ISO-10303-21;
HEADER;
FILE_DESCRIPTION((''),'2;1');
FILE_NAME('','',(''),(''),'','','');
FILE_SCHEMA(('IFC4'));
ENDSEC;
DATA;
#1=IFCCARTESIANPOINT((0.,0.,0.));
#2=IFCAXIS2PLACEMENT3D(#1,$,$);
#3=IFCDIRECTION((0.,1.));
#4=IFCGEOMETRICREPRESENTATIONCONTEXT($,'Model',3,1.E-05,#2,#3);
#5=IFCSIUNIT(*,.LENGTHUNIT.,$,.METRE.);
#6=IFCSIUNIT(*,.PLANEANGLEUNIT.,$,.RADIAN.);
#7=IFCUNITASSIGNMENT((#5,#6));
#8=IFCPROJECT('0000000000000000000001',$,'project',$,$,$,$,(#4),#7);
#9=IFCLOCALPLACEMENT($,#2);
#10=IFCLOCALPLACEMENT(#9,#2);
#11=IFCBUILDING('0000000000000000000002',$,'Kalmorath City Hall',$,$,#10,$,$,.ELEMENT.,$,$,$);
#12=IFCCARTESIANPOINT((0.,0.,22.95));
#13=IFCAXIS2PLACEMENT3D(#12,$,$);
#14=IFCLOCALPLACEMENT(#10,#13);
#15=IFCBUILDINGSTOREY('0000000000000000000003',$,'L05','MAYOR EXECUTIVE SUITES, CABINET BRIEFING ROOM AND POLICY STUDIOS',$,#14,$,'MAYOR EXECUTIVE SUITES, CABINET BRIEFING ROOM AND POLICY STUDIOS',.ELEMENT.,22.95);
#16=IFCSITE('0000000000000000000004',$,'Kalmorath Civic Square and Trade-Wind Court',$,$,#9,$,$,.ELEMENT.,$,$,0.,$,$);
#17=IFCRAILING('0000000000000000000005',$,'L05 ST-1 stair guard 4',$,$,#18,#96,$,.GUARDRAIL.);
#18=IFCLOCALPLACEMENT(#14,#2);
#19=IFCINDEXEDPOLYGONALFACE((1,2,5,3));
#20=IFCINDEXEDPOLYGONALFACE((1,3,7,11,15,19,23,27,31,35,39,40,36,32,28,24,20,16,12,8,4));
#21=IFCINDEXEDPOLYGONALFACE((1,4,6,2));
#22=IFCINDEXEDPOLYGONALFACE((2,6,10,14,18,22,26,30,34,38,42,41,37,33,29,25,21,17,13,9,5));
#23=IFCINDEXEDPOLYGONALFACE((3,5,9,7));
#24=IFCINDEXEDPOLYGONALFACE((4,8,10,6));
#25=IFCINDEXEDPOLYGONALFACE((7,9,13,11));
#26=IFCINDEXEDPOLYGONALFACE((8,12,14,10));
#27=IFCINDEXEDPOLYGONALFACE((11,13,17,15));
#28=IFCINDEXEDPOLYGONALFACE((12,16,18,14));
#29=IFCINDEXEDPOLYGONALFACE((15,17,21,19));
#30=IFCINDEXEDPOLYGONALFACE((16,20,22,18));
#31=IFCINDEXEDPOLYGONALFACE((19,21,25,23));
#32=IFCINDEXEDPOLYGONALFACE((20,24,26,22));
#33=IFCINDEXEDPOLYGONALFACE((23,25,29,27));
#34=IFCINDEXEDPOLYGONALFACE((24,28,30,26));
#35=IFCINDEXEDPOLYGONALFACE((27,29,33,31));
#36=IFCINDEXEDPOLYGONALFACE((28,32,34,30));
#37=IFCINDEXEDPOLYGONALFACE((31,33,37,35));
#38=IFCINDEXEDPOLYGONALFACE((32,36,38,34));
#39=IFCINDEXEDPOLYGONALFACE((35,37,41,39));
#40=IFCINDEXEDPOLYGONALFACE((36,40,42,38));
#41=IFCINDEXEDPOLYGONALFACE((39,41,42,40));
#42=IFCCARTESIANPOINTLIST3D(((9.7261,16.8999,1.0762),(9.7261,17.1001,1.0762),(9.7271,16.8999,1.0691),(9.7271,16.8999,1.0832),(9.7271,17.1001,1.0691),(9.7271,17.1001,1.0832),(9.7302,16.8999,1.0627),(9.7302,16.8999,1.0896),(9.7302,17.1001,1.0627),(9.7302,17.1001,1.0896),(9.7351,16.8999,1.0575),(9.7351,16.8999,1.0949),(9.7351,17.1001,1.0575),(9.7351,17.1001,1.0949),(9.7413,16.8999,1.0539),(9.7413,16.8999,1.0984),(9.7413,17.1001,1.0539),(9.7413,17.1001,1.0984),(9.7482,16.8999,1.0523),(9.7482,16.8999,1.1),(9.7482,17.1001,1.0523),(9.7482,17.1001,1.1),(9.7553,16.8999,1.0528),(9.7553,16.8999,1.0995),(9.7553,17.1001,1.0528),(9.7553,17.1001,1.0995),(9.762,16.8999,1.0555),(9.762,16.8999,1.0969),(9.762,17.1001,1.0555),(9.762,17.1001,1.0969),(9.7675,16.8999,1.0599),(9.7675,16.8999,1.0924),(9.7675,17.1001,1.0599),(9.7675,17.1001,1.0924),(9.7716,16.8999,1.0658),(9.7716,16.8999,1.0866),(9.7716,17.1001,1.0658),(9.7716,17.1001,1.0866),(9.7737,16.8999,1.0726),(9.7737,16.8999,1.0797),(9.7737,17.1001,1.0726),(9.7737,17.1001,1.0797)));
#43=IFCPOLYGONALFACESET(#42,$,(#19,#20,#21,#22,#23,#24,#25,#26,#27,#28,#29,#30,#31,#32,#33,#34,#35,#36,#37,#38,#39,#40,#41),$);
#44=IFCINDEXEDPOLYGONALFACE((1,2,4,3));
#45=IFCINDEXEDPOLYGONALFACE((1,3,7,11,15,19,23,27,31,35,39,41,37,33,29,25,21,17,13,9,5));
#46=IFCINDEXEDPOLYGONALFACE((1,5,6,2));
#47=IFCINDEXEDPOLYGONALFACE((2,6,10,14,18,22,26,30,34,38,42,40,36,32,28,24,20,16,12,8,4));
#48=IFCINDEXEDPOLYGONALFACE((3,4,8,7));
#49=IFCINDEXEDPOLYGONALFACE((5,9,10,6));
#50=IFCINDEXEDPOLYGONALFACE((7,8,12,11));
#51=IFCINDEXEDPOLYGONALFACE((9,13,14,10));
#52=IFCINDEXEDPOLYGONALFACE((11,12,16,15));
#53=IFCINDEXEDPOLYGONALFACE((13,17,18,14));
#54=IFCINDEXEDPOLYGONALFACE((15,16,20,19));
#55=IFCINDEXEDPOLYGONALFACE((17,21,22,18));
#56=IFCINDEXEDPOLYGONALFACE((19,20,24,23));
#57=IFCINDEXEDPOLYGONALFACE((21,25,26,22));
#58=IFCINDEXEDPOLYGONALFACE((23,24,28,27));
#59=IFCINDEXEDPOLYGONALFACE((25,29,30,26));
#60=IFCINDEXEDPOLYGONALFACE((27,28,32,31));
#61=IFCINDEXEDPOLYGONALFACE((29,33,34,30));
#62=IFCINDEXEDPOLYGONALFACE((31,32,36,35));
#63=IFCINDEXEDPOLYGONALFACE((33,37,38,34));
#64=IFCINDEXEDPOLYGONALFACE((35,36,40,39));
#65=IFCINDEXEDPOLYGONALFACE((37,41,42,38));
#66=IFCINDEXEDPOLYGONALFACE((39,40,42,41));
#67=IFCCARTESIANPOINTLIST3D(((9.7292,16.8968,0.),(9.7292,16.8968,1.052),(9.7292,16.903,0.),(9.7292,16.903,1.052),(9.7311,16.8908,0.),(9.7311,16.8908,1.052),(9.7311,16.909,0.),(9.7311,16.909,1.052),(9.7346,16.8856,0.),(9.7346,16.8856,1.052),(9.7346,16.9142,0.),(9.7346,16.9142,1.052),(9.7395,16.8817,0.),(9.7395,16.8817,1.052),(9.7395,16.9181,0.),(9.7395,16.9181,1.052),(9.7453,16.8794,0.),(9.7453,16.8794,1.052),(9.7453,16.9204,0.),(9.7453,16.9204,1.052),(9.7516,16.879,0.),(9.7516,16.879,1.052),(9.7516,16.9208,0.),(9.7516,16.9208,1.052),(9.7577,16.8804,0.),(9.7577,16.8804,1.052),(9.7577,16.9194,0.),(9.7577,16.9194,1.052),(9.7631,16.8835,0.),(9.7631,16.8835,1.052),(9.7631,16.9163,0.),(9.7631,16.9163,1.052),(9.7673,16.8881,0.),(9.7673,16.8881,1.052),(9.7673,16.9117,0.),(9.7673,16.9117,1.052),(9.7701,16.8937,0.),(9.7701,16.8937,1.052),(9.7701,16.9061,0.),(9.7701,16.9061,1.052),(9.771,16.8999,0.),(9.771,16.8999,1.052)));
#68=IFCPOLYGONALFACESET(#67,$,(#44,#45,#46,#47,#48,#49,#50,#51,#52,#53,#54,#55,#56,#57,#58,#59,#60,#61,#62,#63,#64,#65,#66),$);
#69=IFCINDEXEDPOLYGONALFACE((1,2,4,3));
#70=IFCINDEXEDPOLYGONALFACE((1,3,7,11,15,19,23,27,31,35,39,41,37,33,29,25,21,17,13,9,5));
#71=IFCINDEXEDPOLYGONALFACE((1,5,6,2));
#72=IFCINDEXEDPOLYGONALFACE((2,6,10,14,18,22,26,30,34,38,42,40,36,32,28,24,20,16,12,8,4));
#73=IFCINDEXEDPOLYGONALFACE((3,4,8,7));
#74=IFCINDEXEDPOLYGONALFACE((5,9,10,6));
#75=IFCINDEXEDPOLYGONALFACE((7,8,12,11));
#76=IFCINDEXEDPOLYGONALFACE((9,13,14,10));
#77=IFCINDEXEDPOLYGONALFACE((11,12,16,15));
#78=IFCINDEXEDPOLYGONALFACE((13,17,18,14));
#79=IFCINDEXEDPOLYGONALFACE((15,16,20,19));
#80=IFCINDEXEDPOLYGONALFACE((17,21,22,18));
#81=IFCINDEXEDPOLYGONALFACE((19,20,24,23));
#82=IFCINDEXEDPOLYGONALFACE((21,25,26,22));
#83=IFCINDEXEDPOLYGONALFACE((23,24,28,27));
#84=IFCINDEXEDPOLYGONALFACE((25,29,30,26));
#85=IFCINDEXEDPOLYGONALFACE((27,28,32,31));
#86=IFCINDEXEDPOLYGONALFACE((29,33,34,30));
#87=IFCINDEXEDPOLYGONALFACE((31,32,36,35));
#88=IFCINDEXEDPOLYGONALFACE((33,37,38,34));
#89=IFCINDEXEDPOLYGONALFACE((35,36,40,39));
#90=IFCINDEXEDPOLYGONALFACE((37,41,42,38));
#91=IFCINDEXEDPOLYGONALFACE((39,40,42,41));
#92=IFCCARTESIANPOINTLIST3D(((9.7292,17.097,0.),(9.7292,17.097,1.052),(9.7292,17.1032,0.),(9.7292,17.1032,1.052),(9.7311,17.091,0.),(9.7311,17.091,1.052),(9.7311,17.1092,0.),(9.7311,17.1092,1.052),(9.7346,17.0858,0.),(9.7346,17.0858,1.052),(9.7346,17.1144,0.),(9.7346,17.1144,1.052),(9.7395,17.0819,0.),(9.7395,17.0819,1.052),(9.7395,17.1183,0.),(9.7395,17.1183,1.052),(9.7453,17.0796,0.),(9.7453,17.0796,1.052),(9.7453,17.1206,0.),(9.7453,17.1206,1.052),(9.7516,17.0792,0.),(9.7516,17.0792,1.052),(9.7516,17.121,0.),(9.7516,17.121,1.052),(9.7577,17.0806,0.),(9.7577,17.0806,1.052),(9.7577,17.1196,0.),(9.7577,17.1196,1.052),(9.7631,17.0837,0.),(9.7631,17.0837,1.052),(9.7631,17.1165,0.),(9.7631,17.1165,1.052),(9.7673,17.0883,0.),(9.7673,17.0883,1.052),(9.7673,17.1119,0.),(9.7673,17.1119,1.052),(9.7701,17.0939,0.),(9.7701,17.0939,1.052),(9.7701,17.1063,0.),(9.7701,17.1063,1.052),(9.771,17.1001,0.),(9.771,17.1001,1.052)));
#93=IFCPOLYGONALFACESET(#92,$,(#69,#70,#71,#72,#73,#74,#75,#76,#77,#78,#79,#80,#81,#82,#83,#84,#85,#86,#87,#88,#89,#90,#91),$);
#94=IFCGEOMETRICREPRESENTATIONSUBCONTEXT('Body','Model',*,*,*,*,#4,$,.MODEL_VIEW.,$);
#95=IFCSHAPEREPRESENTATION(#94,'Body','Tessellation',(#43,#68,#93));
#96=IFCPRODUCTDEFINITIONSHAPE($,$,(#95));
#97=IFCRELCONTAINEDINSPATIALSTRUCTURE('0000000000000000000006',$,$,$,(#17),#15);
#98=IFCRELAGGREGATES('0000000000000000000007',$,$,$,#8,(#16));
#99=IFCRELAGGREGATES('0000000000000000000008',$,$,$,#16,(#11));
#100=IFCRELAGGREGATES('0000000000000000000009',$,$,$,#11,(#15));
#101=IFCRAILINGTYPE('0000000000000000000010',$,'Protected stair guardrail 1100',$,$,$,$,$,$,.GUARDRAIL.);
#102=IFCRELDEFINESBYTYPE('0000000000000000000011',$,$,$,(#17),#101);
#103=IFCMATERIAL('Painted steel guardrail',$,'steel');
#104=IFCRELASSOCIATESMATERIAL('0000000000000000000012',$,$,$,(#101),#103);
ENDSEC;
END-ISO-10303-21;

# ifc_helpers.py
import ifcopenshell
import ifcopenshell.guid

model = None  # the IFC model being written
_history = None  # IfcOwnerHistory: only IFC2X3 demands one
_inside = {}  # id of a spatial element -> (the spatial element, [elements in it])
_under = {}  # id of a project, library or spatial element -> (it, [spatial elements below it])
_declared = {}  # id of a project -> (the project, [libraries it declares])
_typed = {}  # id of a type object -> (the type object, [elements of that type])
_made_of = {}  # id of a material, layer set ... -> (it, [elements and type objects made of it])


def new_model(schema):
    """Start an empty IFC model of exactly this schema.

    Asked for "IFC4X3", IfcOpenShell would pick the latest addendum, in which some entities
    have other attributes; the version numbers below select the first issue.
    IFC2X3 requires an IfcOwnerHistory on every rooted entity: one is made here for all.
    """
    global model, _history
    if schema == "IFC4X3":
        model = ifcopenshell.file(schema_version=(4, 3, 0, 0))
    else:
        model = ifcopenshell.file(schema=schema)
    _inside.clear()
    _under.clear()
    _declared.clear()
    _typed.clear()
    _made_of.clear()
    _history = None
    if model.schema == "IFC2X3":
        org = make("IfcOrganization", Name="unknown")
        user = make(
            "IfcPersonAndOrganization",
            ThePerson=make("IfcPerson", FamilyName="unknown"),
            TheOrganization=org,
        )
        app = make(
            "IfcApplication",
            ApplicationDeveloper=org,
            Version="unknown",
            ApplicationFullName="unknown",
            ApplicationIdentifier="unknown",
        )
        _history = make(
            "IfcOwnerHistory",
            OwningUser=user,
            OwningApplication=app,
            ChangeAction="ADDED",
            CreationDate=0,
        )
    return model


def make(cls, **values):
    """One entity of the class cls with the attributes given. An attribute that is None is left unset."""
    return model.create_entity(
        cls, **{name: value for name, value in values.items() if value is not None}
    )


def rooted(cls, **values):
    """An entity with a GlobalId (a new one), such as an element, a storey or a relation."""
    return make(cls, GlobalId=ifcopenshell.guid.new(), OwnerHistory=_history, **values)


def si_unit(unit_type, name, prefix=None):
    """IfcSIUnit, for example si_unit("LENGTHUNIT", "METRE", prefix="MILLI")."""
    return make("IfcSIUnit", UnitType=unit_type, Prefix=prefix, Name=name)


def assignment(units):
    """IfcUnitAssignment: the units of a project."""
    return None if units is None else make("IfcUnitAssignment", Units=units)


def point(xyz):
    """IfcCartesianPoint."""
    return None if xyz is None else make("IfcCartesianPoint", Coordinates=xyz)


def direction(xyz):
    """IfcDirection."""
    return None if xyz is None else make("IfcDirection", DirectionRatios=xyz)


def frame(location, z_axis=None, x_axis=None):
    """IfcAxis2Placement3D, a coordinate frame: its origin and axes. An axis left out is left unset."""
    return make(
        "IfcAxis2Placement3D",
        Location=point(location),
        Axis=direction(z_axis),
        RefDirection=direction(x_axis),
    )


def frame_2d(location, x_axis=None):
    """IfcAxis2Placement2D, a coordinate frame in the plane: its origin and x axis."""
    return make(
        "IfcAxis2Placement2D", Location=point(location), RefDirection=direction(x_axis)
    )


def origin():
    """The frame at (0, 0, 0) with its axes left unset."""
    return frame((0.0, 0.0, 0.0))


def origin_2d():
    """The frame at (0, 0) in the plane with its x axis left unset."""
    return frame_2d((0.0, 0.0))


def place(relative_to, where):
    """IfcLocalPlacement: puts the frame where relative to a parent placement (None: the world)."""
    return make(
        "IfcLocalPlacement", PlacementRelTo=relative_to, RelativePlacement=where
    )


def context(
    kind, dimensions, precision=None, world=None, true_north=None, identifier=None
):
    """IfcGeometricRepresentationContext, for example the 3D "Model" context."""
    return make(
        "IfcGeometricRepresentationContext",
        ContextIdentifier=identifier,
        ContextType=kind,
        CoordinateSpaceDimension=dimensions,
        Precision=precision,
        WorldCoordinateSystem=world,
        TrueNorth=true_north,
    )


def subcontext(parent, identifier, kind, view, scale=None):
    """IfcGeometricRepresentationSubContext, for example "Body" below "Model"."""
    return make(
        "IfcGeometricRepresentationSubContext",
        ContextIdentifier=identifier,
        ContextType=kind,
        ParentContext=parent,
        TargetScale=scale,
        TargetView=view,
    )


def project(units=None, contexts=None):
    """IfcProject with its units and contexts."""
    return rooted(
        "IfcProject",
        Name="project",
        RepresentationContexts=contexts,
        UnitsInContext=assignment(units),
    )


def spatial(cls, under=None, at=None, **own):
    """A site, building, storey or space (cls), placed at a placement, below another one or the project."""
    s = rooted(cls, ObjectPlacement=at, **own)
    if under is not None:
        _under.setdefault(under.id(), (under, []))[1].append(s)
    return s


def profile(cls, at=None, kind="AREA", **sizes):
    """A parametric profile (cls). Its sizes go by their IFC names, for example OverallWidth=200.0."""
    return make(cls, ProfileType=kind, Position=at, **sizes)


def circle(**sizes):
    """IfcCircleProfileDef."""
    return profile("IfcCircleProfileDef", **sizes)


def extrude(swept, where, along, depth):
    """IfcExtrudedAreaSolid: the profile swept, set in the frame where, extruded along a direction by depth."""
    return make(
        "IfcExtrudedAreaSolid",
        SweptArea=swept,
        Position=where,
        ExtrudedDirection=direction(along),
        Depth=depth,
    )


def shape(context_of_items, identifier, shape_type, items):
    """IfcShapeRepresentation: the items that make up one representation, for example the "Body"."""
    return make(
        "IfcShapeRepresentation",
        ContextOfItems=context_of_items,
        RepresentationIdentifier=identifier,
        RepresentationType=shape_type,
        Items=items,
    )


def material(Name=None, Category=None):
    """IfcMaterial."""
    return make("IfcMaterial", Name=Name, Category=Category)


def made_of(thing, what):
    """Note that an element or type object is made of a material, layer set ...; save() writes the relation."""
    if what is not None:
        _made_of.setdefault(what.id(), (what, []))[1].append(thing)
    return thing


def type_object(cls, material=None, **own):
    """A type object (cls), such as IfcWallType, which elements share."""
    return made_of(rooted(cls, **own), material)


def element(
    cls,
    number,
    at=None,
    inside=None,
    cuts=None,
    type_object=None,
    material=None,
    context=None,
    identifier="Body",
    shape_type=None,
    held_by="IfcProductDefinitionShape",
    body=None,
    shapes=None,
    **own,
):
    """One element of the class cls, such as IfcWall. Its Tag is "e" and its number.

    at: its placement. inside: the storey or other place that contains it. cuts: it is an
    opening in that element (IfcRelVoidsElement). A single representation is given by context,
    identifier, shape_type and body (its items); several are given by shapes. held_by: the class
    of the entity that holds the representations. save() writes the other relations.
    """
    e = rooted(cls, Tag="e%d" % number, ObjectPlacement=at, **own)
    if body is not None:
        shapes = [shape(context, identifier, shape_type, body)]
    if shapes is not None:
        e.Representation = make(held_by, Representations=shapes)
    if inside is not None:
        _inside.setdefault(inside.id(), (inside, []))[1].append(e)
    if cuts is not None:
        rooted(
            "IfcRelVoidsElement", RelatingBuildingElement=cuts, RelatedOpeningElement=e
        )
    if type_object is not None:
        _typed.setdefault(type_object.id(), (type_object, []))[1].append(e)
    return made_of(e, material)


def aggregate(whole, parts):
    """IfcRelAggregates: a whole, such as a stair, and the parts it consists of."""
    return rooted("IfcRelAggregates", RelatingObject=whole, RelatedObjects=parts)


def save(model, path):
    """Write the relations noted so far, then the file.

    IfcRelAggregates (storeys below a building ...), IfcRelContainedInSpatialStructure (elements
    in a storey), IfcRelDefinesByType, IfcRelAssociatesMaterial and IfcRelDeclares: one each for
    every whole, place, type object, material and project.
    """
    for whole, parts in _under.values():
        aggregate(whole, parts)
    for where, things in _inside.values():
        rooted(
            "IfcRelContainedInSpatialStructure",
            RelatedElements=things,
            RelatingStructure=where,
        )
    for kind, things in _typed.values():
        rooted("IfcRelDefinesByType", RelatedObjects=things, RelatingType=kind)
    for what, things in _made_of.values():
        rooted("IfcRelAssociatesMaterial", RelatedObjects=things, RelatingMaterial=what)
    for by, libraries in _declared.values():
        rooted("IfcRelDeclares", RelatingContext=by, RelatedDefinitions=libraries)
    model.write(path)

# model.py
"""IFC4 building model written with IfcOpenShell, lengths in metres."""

from ifc_helpers import new_model, si_unit, direction, frame, origin, origin_2d, place, context, subcontext, project, spatial, circle, extrude, material, type_object, element, save


model = new_model("IFC4")

# Units and contexts
model_context = context("Model", 3, precision=1e-05, world=origin(), true_north=direction((0.0, 1.0)))
body_context = subcontext(model_context, "Body", "Model", "MODEL_VIEW")
ifc_project = project(units=[si_unit("LENGTHUNIT", "METRE"), si_unit("PLANEANGLEUNIT", "RADIAN")], contexts=[model_context])

# Site, building, storey
site_placement = place(None, origin())
site = spatial("IfcSite", under=ifc_project, at=site_placement, Name="Kalmorath Civic Square and Trade-Wind Court", CompositionType="ELEMENT", RefElevation=0.0)
building_placement = place(site_placement, origin())
building = spatial("IfcBuilding", under=site, at=building_placement, Name="Kalmorath City Hall", CompositionType="ELEMENT")
storey_placement = place(building_placement, frame((0.0, 0.0, 22.95)))
storey = spatial("IfcBuildingStorey", under=building, at=storey_placement, Name="L05", Description="MAYOR EXECUTIVE SUITES, CABINET BRIEFING ROOM AND POLICY STUDIOS", LongName="MAYOR EXECUTIVE SUITES, CABINET BRIEFING ROOM AND POLICY STUDIOS", CompositionType="ELEMENT", Elevation=22.95)

# Railing
ifc_material_1 = material(Name="Painted steel guardrail", Category="steel")
railing_type_1 = type_object("IfcRailingType", Name="Protected stair guardrail 1100", PredefinedType="GUARDRAIL", material=ifc_material_1)
railing_1_placement = place(storey_placement, frame((9.75, 16.8999, 0.0)))
element("IfcRailing", 1, at=railing_1_placement, inside=storey, type_object=railing_type_1, Name="L05 ST-1 stair guard 4", PredefinedType="GUARDRAIL", context=body_context, shape_type="SweptSolid", body=[
    extrude(circle(Radius=0.0239, at=origin_2d()), frame((0.0, 0.0, 1.0762), z_axis=(0.0, 1.0, 0.0), x_axis=(-1.0, 0.0, 0.0)), (0.0, 0.0, 1.0), 0.2002),
    extrude(circle(Radius=0.021, at=origin_2d()), origin(), (0.0, 0.0, 1.0), 1.052),
    extrude(circle(Radius=0.021, at=origin_2d()), frame((0.0, 0.2002, 0.0)), (0.0, 0.0, 1.0), 1.052),
])

save(model, "model.ifc")
